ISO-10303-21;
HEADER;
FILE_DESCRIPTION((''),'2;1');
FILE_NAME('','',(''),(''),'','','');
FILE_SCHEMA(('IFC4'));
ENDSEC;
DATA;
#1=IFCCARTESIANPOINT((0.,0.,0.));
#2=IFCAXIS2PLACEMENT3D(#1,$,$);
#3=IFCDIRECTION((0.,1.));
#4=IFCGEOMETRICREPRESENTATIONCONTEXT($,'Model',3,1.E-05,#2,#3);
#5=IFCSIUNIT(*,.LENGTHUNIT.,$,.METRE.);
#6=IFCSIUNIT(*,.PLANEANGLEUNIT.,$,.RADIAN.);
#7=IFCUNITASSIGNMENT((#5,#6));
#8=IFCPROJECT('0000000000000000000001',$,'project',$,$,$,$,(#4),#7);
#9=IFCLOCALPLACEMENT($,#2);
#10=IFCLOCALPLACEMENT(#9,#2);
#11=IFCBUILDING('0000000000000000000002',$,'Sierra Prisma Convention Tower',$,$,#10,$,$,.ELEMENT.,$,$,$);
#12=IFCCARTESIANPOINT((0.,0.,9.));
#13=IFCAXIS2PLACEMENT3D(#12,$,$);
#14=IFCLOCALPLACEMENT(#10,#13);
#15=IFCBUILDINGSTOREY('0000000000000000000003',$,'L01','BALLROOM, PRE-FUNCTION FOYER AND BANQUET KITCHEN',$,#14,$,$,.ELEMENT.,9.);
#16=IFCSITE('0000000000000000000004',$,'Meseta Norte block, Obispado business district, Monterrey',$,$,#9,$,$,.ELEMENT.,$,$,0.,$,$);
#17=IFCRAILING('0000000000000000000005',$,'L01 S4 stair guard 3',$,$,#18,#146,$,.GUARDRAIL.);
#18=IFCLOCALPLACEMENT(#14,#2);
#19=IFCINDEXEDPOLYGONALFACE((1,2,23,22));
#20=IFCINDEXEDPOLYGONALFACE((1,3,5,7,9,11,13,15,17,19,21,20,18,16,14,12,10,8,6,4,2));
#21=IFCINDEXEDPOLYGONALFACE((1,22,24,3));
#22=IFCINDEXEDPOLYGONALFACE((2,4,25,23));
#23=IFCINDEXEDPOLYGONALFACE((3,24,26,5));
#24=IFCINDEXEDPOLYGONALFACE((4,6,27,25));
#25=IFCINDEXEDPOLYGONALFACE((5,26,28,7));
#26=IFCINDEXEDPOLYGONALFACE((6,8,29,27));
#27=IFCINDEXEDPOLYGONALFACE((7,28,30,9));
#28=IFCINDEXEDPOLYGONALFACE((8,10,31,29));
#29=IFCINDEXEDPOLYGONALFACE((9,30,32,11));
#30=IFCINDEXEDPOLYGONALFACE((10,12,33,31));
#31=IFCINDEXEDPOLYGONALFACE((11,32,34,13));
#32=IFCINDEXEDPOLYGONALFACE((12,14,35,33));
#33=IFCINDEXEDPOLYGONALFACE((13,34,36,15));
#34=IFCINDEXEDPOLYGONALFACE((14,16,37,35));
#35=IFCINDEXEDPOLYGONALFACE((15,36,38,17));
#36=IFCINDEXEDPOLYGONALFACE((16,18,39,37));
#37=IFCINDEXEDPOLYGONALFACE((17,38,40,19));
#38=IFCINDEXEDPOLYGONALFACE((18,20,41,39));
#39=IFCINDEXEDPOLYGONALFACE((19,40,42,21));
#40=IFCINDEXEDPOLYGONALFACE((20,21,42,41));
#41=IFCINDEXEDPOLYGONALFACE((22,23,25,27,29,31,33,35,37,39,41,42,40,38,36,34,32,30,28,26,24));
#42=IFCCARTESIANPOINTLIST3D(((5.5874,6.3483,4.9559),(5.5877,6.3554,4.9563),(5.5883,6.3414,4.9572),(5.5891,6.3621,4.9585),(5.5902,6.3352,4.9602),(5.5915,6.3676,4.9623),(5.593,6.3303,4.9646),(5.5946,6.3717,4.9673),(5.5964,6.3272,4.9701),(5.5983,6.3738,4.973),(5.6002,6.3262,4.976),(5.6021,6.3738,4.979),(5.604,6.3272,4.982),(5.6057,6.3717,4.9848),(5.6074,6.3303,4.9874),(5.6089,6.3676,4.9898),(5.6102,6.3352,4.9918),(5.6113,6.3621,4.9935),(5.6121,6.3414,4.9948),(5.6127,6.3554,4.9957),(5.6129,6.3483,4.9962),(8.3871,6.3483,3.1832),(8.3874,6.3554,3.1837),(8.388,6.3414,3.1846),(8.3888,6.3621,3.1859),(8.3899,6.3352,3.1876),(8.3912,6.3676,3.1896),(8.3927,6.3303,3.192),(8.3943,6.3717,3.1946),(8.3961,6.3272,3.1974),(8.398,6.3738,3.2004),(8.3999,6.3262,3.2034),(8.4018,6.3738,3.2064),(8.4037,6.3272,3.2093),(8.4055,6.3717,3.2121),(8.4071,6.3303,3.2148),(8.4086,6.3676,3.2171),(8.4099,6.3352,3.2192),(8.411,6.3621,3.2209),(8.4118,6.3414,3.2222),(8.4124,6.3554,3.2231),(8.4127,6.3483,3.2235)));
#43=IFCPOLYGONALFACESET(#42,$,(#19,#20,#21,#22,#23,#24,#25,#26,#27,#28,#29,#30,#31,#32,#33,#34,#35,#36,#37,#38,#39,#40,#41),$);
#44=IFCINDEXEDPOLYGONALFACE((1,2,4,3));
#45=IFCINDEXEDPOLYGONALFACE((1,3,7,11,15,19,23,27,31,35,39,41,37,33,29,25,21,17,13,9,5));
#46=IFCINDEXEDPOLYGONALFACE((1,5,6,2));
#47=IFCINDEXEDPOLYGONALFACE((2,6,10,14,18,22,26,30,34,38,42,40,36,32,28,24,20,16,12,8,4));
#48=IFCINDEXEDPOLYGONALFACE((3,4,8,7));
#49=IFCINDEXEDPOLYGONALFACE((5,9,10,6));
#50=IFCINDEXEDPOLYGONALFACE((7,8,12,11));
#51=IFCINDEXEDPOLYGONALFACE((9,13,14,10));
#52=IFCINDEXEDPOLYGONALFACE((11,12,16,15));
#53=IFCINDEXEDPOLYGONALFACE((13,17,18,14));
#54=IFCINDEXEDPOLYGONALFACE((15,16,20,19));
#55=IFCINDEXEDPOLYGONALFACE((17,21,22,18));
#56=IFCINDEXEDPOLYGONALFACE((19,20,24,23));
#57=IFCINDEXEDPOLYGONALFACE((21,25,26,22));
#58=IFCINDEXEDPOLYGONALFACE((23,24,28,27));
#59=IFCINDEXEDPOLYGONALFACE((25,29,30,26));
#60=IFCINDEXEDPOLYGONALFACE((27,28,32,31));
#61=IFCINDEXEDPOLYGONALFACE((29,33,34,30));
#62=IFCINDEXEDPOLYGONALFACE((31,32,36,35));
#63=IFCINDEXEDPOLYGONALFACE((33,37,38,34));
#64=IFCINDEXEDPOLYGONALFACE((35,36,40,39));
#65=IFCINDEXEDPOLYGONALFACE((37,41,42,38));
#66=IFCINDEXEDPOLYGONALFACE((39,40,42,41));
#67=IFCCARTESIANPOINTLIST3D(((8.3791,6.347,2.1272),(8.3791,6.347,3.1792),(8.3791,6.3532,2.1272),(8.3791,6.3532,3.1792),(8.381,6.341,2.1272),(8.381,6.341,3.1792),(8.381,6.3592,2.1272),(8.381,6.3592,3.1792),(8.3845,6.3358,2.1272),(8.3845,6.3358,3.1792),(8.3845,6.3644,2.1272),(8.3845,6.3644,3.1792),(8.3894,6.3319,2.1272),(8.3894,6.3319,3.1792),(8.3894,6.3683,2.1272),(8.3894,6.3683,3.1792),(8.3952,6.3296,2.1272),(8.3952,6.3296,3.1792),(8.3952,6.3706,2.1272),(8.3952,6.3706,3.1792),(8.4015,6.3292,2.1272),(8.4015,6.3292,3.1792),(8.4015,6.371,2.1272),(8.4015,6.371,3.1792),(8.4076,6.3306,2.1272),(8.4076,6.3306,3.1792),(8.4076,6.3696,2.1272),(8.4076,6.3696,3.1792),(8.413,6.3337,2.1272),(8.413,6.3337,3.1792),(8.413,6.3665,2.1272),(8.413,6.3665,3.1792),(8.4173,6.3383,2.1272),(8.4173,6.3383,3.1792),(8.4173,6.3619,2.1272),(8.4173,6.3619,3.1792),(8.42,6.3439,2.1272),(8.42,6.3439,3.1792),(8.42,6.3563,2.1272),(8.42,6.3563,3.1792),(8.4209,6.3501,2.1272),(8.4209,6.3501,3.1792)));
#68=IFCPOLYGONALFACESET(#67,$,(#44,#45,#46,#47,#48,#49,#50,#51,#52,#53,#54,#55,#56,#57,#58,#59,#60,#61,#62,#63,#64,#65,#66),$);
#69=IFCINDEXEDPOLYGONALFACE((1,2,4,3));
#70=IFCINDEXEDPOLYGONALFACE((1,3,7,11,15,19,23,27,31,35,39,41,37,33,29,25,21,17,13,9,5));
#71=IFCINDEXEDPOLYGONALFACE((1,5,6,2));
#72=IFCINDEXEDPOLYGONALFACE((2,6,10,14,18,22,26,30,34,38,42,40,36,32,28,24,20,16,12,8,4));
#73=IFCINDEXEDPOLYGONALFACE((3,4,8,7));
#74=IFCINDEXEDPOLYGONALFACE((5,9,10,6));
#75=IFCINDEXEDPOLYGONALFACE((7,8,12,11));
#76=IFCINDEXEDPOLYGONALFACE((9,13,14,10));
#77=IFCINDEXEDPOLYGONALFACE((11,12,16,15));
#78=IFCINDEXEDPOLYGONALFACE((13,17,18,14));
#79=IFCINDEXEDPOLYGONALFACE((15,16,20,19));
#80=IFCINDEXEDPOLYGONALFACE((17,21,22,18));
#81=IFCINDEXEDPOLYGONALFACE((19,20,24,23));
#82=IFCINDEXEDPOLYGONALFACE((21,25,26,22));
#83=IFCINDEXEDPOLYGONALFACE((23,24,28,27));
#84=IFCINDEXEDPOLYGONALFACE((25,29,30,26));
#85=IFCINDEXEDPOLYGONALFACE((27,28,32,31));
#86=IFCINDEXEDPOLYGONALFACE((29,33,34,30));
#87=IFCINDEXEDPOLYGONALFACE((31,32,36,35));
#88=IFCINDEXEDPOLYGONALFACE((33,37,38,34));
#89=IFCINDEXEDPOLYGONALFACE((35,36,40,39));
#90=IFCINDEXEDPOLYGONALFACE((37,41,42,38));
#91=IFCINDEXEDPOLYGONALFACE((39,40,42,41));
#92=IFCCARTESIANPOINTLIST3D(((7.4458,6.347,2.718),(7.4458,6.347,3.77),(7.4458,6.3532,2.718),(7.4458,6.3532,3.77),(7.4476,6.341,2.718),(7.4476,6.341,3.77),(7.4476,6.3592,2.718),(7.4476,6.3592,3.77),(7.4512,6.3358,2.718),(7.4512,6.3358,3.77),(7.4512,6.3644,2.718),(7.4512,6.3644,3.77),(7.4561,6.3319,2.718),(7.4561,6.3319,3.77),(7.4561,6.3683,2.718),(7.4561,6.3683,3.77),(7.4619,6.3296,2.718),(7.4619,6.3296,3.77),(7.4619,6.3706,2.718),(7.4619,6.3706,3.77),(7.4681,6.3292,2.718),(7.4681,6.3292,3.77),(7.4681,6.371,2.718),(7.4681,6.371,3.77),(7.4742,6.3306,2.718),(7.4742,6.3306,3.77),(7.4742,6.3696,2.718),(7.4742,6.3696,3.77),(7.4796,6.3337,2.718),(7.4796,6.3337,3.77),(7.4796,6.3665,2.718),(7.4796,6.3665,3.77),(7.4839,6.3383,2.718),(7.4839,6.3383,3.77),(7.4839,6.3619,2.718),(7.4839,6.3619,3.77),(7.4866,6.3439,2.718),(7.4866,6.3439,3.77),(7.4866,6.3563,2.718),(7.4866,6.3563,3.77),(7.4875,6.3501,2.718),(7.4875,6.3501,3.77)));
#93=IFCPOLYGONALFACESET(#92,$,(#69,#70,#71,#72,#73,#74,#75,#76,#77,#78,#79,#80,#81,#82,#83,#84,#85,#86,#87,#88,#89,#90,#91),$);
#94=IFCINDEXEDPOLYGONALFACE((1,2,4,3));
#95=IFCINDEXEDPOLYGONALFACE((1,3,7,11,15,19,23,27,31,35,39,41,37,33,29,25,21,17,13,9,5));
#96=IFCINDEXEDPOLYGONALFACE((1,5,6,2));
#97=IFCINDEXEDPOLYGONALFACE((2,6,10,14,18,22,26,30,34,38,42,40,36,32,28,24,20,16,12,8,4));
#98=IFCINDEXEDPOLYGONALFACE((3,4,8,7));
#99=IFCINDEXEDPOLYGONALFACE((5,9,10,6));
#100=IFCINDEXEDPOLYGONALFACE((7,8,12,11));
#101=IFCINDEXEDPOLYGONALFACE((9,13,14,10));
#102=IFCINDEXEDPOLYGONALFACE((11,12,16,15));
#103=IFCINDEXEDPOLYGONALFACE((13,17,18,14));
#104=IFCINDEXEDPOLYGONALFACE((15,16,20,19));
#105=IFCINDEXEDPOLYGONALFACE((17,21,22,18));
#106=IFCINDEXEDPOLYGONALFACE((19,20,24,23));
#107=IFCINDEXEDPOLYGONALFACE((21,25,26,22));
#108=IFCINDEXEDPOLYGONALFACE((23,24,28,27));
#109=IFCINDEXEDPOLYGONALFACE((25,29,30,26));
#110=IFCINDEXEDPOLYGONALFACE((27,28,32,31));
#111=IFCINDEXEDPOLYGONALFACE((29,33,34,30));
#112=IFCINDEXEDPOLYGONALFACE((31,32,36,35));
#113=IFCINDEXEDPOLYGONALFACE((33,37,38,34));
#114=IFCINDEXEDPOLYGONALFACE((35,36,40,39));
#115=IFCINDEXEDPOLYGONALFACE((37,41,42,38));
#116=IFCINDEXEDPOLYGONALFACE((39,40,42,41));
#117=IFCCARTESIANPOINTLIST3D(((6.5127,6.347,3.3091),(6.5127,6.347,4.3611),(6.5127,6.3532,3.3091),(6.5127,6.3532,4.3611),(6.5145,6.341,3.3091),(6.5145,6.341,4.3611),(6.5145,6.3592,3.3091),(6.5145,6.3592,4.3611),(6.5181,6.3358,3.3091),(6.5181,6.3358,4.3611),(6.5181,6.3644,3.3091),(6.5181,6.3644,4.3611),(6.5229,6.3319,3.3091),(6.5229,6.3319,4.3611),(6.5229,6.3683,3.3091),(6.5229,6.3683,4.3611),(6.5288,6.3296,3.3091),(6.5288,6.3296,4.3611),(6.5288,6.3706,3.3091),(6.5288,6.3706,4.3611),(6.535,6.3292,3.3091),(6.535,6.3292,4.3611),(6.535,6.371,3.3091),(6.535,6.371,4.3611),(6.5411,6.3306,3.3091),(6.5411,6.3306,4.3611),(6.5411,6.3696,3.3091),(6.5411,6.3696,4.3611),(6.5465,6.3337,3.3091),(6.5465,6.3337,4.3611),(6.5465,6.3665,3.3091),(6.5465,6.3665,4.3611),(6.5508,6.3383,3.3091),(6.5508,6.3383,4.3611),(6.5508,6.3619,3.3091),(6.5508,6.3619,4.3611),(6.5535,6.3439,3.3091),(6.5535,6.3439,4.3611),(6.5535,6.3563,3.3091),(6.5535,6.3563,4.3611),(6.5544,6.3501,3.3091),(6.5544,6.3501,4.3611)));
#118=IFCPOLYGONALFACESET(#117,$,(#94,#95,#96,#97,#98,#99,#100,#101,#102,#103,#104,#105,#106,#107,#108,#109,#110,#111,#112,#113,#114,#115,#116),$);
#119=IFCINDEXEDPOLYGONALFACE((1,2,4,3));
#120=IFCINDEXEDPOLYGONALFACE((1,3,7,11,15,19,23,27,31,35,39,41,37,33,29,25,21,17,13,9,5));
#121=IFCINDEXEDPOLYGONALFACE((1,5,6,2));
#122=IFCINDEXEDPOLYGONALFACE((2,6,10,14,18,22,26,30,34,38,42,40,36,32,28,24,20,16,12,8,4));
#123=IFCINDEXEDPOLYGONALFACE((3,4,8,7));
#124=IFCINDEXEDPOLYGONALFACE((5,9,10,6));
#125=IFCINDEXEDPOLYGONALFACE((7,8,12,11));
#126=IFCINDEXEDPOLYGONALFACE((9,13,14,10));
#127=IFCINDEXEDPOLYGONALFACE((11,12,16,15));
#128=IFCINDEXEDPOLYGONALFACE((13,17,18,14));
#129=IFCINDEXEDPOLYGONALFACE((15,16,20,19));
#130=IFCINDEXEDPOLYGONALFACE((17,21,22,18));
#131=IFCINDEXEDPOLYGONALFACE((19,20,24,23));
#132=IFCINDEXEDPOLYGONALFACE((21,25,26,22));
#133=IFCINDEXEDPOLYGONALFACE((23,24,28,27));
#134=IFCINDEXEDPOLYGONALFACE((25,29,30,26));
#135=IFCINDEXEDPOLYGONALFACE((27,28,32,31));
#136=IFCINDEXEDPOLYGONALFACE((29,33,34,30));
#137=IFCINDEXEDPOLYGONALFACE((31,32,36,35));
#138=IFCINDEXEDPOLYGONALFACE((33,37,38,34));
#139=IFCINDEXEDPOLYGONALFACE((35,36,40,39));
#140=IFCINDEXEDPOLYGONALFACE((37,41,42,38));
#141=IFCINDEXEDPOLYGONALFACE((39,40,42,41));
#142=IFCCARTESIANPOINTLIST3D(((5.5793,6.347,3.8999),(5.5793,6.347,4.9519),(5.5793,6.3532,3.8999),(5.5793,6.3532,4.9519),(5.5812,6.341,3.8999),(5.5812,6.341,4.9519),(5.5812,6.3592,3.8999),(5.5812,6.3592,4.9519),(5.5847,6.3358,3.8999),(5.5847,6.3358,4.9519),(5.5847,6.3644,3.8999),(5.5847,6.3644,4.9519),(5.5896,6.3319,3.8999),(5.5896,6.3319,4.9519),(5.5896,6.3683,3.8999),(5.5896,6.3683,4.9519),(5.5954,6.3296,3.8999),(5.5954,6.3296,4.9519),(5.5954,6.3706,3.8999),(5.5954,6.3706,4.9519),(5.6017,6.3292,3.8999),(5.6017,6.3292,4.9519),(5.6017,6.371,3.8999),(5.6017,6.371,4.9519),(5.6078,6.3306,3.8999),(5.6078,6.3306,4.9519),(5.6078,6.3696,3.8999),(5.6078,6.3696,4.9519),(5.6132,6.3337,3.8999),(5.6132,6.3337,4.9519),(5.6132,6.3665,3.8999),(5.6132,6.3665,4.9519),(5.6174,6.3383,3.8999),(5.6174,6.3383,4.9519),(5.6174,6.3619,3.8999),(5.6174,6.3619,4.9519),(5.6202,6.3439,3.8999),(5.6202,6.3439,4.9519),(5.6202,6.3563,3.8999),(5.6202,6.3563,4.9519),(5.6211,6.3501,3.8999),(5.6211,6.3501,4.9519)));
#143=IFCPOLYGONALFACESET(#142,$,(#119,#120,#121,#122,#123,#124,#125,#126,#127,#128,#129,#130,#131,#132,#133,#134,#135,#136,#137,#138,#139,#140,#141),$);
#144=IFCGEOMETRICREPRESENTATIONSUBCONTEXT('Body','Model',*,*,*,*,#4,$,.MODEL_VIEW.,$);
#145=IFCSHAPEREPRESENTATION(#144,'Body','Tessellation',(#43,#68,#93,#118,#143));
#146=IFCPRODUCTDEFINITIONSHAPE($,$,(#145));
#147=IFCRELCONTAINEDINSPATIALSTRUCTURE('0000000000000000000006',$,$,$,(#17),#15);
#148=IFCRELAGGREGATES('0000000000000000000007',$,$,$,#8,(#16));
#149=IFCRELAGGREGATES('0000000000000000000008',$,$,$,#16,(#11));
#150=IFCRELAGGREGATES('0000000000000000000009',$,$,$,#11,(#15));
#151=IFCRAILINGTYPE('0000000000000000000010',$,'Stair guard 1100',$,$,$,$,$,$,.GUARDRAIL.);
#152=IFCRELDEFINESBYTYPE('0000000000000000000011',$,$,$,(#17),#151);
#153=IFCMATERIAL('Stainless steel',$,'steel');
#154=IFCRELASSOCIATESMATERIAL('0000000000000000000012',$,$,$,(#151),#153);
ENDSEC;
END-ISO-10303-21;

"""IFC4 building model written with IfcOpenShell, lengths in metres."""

from ifc_helpers import new_model, si_unit, direction, frame, origin, origin_2d, place, context, subcontext, project, spatial, circle, extrude, material, type_object, element, save


model = new_model("IFC4")

# Units and contexts
model_context = context("Model", 3, precision=1e-05, world=origin(), true_north=direction((0.0, 1.0)))
body_context = subcontext(model_context, "Body", "Model", "MODEL_VIEW")
ifc_project = project(units=[si_unit("LENGTHUNIT", "METRE"), si_unit("PLANEANGLEUNIT", "RADIAN")], contexts=[model_context])

# Site, building, storey
site_placement = place(None, origin())
site = spatial("IfcSite", under=ifc_project, at=site_placement, Name="Meseta Norte block, Obispado business district, Monterrey", CompositionType="ELEMENT", RefElevation=0.0)
building_placement = place(site_placement, origin())
building = spatial("IfcBuilding", under=site, at=building_placement, Name="Sierra Prisma Convention Tower", CompositionType="ELEMENT")
storey_placement = place(building_placement, frame((0.0, 0.0, 9.0)))
storey = spatial("IfcBuildingStorey", under=building, at=storey_placement, Name="L01", Description="BALLROOM, PRE-FUNCTION FOYER AND BANQUET KITCHEN", CompositionType="ELEMENT", Elevation=9.0)

# Railing
ifc_material_1 = material(Name="Stainless steel", Category="steel")
railing_type_1 = type_object("IfcRailingType", Name="Stair guard 1100", PredefinedType="GUARDRAIL", material=ifc_material_1)
railing_1_placement = place(storey_placement, frame((8.3999, 6.3501, 2.1272)))
element("IfcRailing", 1, at=railing_1_placement, inside=storey, type_object=railing_type_1, Name="L01 S4 stair guard 3", PredefinedType="GUARDRAIL", context=body_context, shape_type="SweptSolid", body=[
    extrude(circle(Radius=0.0239, at=origin_2d()), frame((0.0, 0.0, 1.0762), z_axis=(-0.844888, 0.0, 0.534943), x_axis=(0.0, -1.0, 0.0)), (0.0, 0.0, 1.0), 3.3137),
    extrude(circle(Radius=0.021, at=origin_2d()), origin(), (0.0, 0.0, 1.0), 1.052),
    extrude(circle(Radius=0.021, at=origin_2d()), frame((-0.9333, 0.0, 0.5908)), (0.0, 0.0, 1.0), 1.052),
    extrude(circle(Radius=0.021, at=origin_2d()), frame((-1.8665, 0.0, 1.1819)), (0.0, 0.0, 1.0), 1.052),
    extrude(circle(Radius=0.021, at=origin_2d()), frame((-2.7998, 0.0, 1.7727)), (0.0, 0.0, 1.0), 1.052),
])

save(model, "model.ifc")
